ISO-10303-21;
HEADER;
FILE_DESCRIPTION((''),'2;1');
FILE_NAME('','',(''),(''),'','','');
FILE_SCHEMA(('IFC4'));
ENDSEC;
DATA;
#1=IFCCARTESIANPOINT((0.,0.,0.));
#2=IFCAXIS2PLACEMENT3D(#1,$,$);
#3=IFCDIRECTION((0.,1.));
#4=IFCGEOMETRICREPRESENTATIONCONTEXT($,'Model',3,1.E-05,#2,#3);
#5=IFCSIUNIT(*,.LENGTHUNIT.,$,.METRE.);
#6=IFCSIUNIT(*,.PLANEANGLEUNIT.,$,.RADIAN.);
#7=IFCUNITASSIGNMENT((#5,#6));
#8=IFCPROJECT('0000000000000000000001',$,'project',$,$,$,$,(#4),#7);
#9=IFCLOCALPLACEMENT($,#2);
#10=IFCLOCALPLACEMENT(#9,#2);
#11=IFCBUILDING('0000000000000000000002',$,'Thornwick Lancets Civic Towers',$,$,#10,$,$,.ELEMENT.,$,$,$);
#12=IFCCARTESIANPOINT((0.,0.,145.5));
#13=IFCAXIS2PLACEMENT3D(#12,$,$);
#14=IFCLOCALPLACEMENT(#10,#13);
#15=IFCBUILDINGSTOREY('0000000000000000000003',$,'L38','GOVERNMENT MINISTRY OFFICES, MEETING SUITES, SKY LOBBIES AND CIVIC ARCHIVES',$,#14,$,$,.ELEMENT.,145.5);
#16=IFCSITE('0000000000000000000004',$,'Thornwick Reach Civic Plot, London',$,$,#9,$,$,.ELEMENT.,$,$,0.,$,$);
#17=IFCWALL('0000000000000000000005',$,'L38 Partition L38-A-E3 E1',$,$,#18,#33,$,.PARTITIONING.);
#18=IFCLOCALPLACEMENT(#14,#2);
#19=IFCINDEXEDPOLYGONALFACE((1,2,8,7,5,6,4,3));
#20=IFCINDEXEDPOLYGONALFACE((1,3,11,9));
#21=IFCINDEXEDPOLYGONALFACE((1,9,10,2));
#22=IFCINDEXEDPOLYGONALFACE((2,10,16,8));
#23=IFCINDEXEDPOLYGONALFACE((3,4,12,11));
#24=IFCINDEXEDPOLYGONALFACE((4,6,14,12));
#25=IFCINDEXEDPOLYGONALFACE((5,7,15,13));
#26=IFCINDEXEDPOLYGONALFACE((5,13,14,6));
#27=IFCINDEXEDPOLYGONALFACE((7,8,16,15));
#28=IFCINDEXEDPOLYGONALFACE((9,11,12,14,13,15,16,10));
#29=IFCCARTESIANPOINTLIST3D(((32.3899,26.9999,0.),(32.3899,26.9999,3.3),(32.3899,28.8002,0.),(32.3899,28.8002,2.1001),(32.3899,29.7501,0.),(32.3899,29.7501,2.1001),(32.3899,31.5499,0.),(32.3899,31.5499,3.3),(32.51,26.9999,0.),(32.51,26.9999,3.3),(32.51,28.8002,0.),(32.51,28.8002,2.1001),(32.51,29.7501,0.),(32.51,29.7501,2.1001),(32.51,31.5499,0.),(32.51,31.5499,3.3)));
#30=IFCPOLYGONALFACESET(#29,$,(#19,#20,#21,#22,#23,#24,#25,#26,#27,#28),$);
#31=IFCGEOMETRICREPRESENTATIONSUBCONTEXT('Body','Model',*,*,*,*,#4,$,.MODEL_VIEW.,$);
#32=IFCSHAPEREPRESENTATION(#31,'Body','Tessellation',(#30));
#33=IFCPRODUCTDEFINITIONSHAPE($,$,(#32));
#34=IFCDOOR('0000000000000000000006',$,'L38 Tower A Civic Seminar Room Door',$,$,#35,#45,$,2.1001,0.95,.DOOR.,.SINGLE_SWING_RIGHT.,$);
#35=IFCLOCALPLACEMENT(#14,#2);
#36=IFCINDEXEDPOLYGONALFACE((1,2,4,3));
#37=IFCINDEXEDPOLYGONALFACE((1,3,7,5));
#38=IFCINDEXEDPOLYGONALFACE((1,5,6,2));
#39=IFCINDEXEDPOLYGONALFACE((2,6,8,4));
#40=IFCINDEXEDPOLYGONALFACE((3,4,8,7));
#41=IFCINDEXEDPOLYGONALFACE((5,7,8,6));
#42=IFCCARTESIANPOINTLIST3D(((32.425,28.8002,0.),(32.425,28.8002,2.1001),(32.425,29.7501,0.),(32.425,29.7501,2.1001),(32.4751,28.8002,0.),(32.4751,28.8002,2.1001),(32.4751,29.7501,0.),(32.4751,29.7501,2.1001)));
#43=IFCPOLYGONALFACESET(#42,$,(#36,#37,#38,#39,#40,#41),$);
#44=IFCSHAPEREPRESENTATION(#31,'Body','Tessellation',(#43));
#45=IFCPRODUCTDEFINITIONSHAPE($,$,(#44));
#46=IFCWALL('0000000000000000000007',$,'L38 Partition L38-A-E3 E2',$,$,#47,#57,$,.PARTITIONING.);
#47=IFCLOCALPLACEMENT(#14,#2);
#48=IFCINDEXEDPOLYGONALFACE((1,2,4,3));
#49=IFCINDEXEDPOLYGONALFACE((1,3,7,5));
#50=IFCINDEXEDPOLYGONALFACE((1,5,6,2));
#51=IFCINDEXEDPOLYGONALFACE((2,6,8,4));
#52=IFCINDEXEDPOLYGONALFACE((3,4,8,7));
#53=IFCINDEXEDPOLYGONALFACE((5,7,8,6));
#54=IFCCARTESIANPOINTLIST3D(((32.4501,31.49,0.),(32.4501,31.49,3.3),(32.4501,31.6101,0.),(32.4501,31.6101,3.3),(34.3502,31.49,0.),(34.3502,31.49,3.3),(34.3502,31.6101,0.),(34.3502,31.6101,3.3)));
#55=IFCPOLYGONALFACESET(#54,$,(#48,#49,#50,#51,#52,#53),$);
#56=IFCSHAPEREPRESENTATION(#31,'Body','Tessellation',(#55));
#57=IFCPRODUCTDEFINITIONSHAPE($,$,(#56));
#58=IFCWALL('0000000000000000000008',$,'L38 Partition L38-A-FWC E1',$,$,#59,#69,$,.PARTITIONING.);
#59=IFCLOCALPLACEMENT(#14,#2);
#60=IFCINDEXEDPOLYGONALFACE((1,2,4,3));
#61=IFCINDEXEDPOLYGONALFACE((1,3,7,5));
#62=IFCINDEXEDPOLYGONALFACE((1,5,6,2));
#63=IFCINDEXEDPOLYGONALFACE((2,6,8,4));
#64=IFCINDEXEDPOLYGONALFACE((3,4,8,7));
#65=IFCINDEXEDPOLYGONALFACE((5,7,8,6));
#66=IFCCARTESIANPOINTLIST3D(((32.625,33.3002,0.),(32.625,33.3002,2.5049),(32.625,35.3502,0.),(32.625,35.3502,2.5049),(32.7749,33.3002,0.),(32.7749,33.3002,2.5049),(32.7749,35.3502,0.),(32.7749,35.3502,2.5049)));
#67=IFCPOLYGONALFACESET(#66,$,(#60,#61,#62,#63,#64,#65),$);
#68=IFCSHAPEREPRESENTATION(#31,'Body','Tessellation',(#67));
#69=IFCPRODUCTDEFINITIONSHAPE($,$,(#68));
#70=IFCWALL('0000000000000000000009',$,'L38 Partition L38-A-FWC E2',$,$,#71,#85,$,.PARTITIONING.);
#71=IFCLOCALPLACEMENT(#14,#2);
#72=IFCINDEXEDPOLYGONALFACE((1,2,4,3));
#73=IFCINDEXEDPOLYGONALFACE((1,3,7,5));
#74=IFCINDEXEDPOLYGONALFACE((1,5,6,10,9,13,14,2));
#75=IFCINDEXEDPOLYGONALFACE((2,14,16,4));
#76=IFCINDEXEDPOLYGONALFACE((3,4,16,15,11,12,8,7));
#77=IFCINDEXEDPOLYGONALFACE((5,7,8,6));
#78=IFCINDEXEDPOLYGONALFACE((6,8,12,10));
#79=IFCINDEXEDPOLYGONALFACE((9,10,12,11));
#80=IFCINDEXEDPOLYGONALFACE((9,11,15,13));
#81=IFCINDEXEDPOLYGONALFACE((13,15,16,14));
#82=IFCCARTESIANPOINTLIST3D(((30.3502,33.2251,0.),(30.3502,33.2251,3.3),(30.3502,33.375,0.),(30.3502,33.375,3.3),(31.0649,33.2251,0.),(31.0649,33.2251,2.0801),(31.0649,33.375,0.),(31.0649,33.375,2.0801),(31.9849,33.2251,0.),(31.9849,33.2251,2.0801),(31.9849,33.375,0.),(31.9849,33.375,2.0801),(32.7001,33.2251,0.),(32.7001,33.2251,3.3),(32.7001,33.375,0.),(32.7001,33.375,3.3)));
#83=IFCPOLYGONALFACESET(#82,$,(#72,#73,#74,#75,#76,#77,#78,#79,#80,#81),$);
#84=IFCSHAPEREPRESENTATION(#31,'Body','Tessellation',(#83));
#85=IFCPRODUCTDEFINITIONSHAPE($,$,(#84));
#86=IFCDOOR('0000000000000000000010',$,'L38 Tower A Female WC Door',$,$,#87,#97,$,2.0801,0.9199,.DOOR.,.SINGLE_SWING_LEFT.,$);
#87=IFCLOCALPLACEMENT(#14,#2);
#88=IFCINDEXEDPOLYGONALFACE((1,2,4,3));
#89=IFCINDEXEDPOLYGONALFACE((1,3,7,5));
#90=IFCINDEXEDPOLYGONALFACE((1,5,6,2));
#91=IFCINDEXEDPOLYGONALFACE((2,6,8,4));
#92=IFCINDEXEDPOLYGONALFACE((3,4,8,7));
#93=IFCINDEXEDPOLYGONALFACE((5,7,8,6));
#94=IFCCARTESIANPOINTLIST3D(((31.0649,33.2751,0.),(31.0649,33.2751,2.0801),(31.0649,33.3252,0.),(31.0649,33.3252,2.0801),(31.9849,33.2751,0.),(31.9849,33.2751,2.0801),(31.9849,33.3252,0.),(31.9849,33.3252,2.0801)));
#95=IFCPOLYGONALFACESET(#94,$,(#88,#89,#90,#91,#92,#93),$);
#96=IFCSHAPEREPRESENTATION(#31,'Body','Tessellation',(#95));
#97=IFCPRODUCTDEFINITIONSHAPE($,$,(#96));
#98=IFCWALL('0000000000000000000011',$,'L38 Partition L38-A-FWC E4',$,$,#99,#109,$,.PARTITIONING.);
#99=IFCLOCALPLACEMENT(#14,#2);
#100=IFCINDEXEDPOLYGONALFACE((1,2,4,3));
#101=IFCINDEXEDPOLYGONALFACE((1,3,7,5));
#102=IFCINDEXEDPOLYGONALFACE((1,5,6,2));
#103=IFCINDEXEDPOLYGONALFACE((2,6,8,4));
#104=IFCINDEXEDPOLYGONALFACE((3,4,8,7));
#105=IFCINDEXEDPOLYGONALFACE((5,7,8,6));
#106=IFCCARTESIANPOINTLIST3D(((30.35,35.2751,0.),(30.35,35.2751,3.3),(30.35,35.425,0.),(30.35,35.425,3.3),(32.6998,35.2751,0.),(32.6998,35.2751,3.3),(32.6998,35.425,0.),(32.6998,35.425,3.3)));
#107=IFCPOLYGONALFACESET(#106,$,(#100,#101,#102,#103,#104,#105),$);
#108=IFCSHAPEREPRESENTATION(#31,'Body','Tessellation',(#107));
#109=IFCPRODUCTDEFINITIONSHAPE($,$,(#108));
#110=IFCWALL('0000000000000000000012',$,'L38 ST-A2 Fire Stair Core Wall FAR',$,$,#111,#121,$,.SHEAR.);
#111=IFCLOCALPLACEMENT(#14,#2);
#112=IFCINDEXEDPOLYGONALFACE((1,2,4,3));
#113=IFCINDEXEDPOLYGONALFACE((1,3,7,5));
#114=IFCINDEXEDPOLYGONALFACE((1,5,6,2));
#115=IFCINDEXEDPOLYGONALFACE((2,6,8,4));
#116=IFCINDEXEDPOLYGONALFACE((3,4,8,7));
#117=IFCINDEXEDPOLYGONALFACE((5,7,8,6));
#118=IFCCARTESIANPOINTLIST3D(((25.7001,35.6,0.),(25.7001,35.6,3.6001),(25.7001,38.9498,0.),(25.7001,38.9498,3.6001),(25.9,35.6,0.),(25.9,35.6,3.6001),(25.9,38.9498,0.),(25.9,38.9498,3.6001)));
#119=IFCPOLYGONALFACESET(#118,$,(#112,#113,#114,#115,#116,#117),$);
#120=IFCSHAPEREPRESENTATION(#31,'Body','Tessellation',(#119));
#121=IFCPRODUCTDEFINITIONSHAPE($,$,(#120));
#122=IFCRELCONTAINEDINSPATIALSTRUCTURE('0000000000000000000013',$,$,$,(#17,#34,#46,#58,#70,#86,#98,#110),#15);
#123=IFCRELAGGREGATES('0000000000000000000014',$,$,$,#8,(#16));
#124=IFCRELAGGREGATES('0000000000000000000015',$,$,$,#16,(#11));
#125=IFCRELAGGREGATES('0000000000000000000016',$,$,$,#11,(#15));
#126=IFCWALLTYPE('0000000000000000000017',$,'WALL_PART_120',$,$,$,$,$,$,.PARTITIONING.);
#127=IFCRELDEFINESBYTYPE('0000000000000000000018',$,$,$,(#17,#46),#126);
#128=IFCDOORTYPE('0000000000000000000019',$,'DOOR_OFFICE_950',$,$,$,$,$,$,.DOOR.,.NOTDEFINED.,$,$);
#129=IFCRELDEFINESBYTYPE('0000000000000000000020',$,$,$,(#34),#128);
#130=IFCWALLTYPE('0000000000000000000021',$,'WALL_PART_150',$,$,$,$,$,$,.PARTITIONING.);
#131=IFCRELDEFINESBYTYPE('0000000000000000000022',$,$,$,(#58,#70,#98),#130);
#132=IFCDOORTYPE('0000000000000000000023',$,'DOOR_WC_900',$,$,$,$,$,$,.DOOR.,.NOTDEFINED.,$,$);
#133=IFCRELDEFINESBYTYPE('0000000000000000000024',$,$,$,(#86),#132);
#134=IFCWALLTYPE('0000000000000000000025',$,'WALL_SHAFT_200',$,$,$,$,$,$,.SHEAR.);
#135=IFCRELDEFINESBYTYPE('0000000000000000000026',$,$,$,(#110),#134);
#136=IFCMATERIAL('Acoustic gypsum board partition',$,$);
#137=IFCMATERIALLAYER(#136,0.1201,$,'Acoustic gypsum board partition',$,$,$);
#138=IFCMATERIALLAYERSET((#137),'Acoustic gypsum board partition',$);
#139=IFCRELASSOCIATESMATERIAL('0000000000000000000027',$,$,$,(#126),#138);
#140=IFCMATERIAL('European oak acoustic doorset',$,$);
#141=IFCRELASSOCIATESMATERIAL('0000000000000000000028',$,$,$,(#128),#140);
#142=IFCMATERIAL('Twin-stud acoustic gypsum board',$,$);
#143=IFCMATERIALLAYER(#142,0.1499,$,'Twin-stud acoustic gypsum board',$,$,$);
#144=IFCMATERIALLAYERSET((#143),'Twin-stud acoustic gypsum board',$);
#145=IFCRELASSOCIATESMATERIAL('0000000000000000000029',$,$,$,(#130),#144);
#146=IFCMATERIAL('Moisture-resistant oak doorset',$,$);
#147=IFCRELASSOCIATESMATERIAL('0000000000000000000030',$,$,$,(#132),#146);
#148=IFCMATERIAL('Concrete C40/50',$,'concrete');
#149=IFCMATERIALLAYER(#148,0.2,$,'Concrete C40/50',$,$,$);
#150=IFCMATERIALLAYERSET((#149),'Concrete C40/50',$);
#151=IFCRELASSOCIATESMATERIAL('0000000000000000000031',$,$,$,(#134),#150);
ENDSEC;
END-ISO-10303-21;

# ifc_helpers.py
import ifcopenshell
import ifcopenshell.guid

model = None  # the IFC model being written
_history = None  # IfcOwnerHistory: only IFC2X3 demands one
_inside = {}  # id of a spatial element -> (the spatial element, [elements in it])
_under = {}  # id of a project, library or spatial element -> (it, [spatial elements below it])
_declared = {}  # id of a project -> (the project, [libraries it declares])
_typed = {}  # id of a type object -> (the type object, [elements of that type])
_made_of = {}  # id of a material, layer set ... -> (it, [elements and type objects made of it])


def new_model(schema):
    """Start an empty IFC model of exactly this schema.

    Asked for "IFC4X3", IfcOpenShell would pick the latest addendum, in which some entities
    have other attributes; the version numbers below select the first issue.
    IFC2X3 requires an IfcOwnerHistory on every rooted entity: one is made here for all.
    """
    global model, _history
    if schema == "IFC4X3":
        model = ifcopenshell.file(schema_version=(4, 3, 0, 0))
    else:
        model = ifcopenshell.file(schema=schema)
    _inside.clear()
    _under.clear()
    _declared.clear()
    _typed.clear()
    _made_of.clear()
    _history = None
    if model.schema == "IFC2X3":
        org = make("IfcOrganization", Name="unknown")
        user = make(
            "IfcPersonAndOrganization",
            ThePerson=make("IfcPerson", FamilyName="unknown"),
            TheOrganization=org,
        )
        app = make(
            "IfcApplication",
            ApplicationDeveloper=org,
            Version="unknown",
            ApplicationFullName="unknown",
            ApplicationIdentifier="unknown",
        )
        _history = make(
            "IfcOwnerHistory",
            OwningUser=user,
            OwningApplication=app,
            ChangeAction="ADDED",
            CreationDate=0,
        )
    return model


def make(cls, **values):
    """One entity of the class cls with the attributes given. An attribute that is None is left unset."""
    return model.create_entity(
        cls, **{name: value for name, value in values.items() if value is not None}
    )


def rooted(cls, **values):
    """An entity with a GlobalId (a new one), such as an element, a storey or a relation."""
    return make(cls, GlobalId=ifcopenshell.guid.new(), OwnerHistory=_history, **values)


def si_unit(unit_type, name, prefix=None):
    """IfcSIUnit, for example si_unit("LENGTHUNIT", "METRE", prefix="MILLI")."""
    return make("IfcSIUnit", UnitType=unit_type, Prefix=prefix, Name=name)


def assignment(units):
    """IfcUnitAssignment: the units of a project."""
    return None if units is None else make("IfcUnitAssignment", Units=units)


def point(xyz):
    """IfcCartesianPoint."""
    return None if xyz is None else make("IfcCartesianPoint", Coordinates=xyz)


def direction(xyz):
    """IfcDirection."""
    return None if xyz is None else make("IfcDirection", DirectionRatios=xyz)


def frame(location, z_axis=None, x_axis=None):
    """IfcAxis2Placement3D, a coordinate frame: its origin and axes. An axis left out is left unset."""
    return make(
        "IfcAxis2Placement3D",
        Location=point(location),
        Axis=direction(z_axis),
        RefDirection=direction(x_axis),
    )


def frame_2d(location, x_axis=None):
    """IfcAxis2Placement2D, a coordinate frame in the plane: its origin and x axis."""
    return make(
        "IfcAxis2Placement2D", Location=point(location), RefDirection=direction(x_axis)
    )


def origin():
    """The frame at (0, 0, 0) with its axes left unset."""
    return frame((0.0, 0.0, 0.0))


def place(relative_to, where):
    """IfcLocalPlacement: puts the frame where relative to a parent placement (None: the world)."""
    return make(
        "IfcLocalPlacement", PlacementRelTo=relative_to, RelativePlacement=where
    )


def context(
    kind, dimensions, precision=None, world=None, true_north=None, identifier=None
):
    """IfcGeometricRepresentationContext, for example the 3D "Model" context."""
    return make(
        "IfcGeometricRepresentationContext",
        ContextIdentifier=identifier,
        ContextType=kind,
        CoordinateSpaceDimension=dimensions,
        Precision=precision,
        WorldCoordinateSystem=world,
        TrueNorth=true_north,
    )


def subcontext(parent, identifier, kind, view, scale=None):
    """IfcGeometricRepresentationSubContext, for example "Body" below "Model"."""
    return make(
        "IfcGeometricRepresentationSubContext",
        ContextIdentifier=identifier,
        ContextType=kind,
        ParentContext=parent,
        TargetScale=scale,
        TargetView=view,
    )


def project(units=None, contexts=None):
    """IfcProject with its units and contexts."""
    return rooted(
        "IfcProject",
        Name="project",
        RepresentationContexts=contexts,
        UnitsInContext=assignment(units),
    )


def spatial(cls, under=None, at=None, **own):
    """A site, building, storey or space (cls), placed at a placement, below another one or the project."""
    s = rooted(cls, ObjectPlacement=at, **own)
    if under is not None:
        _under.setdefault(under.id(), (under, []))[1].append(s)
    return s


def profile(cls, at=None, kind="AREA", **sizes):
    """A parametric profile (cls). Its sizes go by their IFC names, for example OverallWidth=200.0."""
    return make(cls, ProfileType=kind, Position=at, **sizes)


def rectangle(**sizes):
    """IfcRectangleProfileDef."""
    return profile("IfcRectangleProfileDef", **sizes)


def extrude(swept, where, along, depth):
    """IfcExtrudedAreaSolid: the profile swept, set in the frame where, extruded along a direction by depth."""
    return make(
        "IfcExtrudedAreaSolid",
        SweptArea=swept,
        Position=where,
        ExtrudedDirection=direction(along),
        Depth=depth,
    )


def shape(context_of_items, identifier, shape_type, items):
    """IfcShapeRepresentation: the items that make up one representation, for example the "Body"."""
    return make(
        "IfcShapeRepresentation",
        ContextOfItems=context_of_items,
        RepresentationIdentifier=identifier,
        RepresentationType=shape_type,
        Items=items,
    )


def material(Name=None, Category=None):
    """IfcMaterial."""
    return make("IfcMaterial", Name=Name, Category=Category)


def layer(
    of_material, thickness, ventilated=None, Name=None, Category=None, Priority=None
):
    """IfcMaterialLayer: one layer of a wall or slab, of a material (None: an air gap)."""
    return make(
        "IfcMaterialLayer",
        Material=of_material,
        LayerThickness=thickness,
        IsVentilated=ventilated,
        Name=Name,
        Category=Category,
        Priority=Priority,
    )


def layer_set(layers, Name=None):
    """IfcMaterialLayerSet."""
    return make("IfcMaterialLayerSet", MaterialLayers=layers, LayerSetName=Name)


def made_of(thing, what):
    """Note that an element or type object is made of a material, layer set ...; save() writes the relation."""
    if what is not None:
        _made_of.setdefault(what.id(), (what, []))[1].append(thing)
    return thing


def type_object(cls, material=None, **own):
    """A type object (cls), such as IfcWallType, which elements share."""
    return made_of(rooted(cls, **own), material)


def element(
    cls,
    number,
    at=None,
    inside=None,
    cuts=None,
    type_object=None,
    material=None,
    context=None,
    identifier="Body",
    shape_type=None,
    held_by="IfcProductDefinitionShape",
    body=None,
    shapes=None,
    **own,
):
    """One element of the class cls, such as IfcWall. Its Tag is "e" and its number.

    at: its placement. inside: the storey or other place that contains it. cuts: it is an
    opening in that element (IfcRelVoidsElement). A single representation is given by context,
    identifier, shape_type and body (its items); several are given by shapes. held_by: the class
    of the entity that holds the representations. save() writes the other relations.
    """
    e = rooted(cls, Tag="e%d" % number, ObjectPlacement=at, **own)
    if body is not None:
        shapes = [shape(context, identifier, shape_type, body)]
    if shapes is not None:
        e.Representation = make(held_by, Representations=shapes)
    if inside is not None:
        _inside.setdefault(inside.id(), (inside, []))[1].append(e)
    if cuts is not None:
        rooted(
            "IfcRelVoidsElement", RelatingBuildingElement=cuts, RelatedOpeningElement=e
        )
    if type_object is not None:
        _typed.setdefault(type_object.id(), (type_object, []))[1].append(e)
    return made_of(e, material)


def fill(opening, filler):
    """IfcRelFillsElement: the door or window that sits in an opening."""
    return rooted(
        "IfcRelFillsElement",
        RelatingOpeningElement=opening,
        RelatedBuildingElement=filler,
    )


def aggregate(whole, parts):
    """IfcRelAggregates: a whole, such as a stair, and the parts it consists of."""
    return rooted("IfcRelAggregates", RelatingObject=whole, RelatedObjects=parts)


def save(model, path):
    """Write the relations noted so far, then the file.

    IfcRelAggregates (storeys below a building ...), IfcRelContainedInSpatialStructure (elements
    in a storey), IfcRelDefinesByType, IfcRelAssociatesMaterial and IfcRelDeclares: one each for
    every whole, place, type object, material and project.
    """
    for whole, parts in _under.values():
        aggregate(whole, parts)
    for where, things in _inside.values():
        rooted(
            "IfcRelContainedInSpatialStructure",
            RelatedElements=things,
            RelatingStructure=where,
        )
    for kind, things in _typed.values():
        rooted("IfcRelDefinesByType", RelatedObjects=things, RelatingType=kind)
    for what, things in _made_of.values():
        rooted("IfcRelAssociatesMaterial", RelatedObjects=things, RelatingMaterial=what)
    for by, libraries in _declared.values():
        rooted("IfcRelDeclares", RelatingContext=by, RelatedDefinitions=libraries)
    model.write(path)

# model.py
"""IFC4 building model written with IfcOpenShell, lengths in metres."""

from ifc_helpers import new_model, si_unit, direction, frame, frame_2d, origin, place, context, subcontext, project, spatial, rectangle, extrude, material, layer, layer_set, type_object, element, fill, save


model = new_model("IFC4")

# Units and contexts
model_context = context("Model", 3, precision=1e-05, world=origin(), true_north=direction((0.0, 1.0)))
body_context = subcontext(model_context, "Body", "Model", "MODEL_VIEW")
ifc_project = project(units=[si_unit("LENGTHUNIT", "METRE"), si_unit("PLANEANGLEUNIT", "RADIAN")], contexts=[model_context])

# Site, building, storey
site_placement = place(None, origin())
site = spatial("IfcSite", under=ifc_project, at=site_placement, Name="Thornwick Reach Civic Plot, London", CompositionType="ELEMENT", RefElevation=0.0)
building_placement = place(site_placement, origin())
building = spatial("IfcBuilding", under=site, at=building_placement, Name="Thornwick Lancets Civic Towers", CompositionType="ELEMENT")
storey_placement = place(building_placement, frame((0.0, 0.0, 145.5)))
storey = spatial("IfcBuildingStorey", under=building, at=storey_placement, Name="L38", Description="GOVERNMENT MINISTRY OFFICES, MEETING SUITES, SKY LOBBIES AND CIVIC ARCHIVES", CompositionType="ELEMENT", Elevation=145.5)

# Shared definitions
ifc_material_1 = material(Name="Acoustic gypsum board partition")
ifc_layer_1 = layer(ifc_material_1, 0.1201, Name="Acoustic gypsum board partition")
ifc_layer_set_1 = layer_set([ifc_layer_1], Name="Acoustic gypsum board partition")
wall_type_1 = type_object("IfcWallType", Name="WALL_PART_120", PredefinedType="PARTITIONING", material=ifc_layer_set_1)

# Wall, opening, door
wall_1_placement = place(storey_placement, frame((32.45, 27.0, 0.0), z_axis=(0.0, 0.0, 1.0), x_axis=(0.0, 1.0, 0.0)))
wall_1 = element("IfcWall", 1, at=wall_1_placement, inside=storey, type_object=wall_type_1, Name="L38 Partition L38-A-E3 E1", PredefinedType="PARTITIONING", context=body_context, shape_type="SweptSolid", body=[
    extrude(rectangle(XDim=4.55, YDim=0.1201, at=frame_2d((2.2749, 0.0))), origin(), (0.0, 0.0, 1.0), 3.3),
])
opening_1_placement = place(wall_1_placement, frame((1.8, 0.0, 0.0)))
opening_1 = element("IfcOpeningElement", 2, at=opening_1_placement, cuts=wall_1, PredefinedType="OPENING", context=body_context, shape_type="SweptSolid", body=[
    extrude(rectangle(XDim=0.95, YDim=2.1001, at=frame_2d((0.4751, 1.05))), frame((0.0, 0.0701, 0.0), z_axis=(0.0, -1.0, 0.0), x_axis=(1.0, 0.0, 0.0)), (0.0, 0.0, 1.0), 0.1401),
])
ifc_material_2 = material(Name="European oak acoustic doorset")
door_type_1 = type_object("IfcDoorType", Name="DOOR_OFFICE_950", OperationType="NOTDEFINED", PredefinedType="DOOR", material=ifc_material_2)
door_1_placement = place(opening_1_placement, origin())
door_1 = element("IfcDoor", 3, at=door_1_placement, inside=storey, type_object=door_type_1, Name="L38 Tower A Civic Seminar Room Door", OperationType="SINGLE_SWING_RIGHT", OverallHeight=2.1001, OverallWidth=0.95, PredefinedType="DOOR", context=body_context, shape_type="SweptSolid", body=[
    extrude(rectangle(XDim=0.95, YDim=2.1001, at=frame_2d((0.4751, 1.05))), frame((0.0, 0.0249, 0.0), z_axis=(0.0, -1.0, 0.0), x_axis=(1.0, 0.0, 0.0)), (0.0, 0.0, 1.0), 0.05),
])
fill(opening_1, door_1)

# Walls
wall_2_placement = place(storey_placement, frame((32.45, 31.55, 0.0), z_axis=(0.0, 0.0, 1.0), x_axis=(1.0, 0.0, 0.0)))
element("IfcWall", 4, at=wall_2_placement, inside=storey, type_object=wall_type_1, Name="L38 Partition L38-A-E3 E2", PredefinedType="PARTITIONING", context=body_context, shape_type="SweptSolid", body=[
    extrude(rectangle(XDim=1.9001, YDim=0.1201, at=frame_2d((0.9502, 0.0))), origin(), (0.0, 0.0, 1.0), 3.3),
])
ifc_material_3 = material(Name="Twin-stud acoustic gypsum board")
ifc_layer_2 = layer(ifc_material_3, 0.1499, Name="Twin-stud acoustic gypsum board")
ifc_layer_set_2 = layer_set([ifc_layer_2], Name="Twin-stud acoustic gypsum board")
wall_type_2 = type_object("IfcWallType", Name="WALL_PART_150", PredefinedType="PARTITIONING", material=ifc_layer_set_2)
wall_3_placement = place(storey_placement, frame((32.7, 35.3501, 0.0), z_axis=(0.0, 0.0, 1.0), x_axis=(0.0, -1.0, 0.0)))
element("IfcWall", 5, at=wall_3_placement, inside=storey, type_object=wall_type_2, Name="L38 Partition L38-A-FWC E1", PredefinedType="PARTITIONING", context=body_context, shape_type="SweptSolid", body=[
    extrude(rectangle(XDim=2.05, YDim=0.1499, at=frame_2d((1.0249, 0.0))), origin(), (0.0, 0.0, 1.0), 2.5049),
])

# Wall, opening, door
wall_4_placement = place(storey_placement, frame((32.7, 33.3, 0.0), z_axis=(0.0, 0.0, 1.0), x_axis=(-1.0, 0.0, 0.0)))
wall_4 = element("IfcWall", 6, at=wall_4_placement, inside=storey, type_object=wall_type_2, Name="L38 Partition L38-A-FWC E2", PredefinedType="PARTITIONING", context=body_context, shape_type="SweptSolid", body=[
    extrude(rectangle(XDim=2.3499, YDim=0.1499, at=frame_2d((1.1748, 0.0))), origin(), (0.0, 0.0, 1.0), 3.3),
])
opening_2_placement = place(wall_4_placement, frame((0.7151, 0.0, 0.0)))
opening_2 = element("IfcOpeningElement", 7, at=opening_2_placement, cuts=wall_4, PredefinedType="OPENING", context=body_context, shape_type="SweptSolid", body=[
    extrude(rectangle(XDim=0.9199, YDim=2.0801, at=frame_2d((0.46, 1.04))), frame((0.0, 0.085, 0.0), z_axis=(0.0, -1.0, 0.0), x_axis=(1.0, 0.0, 0.0)), (0.0, 0.0, 1.0), 0.1699),
])
ifc_material_4 = material(Name="Moisture-resistant oak doorset")
door_type_2 = type_object("IfcDoorType", Name="DOOR_WC_900", OperationType="NOTDEFINED", PredefinedType="DOOR", material=ifc_material_4)
door_2_placement = place(opening_2_placement, origin())
door_2 = element("IfcDoor", 8, at=door_2_placement, inside=storey, type_object=door_type_2, Name="L38 Tower A Female WC Door", OperationType="SINGLE_SWING_LEFT", OverallHeight=2.0801, OverallWidth=0.9199, PredefinedType="DOOR", context=body_context, shape_type="SweptSolid", body=[
    extrude(rectangle(XDim=0.9199, YDim=2.0801, at=frame_2d((0.46, 1.04))), frame((0.0, 0.0249, 0.0), z_axis=(0.0, -1.0, 0.0), x_axis=(1.0, 0.0, 0.0)), (0.0, 0.0, 1.0), 0.05),
])
fill(opening_2, door_2)

# Walls
wall_5_placement = place(storey_placement, frame((30.3501, 35.3501, 0.0), z_axis=(0.0, 0.0, 1.0), x_axis=(1.0, 0.0, 0.0)))
element("IfcWall", 9, at=wall_5_placement, inside=storey, type_object=wall_type_2, Name="L38 Partition L38-A-FWC E4", PredefinedType="PARTITIONING", context=body_context, shape_type="SweptSolid", body=[
    extrude(rectangle(XDim=2.3499, YDim=0.1499, at=frame_2d((1.1748, 0.0))), origin(), (0.0, 0.0, 1.0), 3.3),
])
ifc_material_5 = material(Name="Concrete C40/50", Category="concrete")
ifc_layer_3 = layer(ifc_material_5, 0.2, Name="Concrete C40/50")
ifc_layer_set_3 = layer_set([ifc_layer_3], Name="Concrete C40/50")
wall_type_3 = type_object("IfcWallType", Name="WALL_SHAFT_200", PredefinedType="SHEAR", material=ifc_layer_set_3)
wall_6_placement = place(storey_placement, frame((25.8, 35.6001, 0.0), z_axis=(0.0, 0.0, 1.0), x_axis=(0.0, 1.0, 0.0)))
element("IfcWall", 10, at=wall_6_placement, inside=storey, type_object=wall_type_3, Name="L38 ST-A2 Fire Stair Core Wall FAR", PredefinedType="SHEAR", context=body_context, shape_type="SweptSolid", body=[
    extrude(rectangle(XDim=3.3499, YDim=0.2, at=frame_2d((1.6748, 0.0))), origin(), (0.0, 0.0, 1.0), 3.6001),
])

save(model, "model.ifc")
